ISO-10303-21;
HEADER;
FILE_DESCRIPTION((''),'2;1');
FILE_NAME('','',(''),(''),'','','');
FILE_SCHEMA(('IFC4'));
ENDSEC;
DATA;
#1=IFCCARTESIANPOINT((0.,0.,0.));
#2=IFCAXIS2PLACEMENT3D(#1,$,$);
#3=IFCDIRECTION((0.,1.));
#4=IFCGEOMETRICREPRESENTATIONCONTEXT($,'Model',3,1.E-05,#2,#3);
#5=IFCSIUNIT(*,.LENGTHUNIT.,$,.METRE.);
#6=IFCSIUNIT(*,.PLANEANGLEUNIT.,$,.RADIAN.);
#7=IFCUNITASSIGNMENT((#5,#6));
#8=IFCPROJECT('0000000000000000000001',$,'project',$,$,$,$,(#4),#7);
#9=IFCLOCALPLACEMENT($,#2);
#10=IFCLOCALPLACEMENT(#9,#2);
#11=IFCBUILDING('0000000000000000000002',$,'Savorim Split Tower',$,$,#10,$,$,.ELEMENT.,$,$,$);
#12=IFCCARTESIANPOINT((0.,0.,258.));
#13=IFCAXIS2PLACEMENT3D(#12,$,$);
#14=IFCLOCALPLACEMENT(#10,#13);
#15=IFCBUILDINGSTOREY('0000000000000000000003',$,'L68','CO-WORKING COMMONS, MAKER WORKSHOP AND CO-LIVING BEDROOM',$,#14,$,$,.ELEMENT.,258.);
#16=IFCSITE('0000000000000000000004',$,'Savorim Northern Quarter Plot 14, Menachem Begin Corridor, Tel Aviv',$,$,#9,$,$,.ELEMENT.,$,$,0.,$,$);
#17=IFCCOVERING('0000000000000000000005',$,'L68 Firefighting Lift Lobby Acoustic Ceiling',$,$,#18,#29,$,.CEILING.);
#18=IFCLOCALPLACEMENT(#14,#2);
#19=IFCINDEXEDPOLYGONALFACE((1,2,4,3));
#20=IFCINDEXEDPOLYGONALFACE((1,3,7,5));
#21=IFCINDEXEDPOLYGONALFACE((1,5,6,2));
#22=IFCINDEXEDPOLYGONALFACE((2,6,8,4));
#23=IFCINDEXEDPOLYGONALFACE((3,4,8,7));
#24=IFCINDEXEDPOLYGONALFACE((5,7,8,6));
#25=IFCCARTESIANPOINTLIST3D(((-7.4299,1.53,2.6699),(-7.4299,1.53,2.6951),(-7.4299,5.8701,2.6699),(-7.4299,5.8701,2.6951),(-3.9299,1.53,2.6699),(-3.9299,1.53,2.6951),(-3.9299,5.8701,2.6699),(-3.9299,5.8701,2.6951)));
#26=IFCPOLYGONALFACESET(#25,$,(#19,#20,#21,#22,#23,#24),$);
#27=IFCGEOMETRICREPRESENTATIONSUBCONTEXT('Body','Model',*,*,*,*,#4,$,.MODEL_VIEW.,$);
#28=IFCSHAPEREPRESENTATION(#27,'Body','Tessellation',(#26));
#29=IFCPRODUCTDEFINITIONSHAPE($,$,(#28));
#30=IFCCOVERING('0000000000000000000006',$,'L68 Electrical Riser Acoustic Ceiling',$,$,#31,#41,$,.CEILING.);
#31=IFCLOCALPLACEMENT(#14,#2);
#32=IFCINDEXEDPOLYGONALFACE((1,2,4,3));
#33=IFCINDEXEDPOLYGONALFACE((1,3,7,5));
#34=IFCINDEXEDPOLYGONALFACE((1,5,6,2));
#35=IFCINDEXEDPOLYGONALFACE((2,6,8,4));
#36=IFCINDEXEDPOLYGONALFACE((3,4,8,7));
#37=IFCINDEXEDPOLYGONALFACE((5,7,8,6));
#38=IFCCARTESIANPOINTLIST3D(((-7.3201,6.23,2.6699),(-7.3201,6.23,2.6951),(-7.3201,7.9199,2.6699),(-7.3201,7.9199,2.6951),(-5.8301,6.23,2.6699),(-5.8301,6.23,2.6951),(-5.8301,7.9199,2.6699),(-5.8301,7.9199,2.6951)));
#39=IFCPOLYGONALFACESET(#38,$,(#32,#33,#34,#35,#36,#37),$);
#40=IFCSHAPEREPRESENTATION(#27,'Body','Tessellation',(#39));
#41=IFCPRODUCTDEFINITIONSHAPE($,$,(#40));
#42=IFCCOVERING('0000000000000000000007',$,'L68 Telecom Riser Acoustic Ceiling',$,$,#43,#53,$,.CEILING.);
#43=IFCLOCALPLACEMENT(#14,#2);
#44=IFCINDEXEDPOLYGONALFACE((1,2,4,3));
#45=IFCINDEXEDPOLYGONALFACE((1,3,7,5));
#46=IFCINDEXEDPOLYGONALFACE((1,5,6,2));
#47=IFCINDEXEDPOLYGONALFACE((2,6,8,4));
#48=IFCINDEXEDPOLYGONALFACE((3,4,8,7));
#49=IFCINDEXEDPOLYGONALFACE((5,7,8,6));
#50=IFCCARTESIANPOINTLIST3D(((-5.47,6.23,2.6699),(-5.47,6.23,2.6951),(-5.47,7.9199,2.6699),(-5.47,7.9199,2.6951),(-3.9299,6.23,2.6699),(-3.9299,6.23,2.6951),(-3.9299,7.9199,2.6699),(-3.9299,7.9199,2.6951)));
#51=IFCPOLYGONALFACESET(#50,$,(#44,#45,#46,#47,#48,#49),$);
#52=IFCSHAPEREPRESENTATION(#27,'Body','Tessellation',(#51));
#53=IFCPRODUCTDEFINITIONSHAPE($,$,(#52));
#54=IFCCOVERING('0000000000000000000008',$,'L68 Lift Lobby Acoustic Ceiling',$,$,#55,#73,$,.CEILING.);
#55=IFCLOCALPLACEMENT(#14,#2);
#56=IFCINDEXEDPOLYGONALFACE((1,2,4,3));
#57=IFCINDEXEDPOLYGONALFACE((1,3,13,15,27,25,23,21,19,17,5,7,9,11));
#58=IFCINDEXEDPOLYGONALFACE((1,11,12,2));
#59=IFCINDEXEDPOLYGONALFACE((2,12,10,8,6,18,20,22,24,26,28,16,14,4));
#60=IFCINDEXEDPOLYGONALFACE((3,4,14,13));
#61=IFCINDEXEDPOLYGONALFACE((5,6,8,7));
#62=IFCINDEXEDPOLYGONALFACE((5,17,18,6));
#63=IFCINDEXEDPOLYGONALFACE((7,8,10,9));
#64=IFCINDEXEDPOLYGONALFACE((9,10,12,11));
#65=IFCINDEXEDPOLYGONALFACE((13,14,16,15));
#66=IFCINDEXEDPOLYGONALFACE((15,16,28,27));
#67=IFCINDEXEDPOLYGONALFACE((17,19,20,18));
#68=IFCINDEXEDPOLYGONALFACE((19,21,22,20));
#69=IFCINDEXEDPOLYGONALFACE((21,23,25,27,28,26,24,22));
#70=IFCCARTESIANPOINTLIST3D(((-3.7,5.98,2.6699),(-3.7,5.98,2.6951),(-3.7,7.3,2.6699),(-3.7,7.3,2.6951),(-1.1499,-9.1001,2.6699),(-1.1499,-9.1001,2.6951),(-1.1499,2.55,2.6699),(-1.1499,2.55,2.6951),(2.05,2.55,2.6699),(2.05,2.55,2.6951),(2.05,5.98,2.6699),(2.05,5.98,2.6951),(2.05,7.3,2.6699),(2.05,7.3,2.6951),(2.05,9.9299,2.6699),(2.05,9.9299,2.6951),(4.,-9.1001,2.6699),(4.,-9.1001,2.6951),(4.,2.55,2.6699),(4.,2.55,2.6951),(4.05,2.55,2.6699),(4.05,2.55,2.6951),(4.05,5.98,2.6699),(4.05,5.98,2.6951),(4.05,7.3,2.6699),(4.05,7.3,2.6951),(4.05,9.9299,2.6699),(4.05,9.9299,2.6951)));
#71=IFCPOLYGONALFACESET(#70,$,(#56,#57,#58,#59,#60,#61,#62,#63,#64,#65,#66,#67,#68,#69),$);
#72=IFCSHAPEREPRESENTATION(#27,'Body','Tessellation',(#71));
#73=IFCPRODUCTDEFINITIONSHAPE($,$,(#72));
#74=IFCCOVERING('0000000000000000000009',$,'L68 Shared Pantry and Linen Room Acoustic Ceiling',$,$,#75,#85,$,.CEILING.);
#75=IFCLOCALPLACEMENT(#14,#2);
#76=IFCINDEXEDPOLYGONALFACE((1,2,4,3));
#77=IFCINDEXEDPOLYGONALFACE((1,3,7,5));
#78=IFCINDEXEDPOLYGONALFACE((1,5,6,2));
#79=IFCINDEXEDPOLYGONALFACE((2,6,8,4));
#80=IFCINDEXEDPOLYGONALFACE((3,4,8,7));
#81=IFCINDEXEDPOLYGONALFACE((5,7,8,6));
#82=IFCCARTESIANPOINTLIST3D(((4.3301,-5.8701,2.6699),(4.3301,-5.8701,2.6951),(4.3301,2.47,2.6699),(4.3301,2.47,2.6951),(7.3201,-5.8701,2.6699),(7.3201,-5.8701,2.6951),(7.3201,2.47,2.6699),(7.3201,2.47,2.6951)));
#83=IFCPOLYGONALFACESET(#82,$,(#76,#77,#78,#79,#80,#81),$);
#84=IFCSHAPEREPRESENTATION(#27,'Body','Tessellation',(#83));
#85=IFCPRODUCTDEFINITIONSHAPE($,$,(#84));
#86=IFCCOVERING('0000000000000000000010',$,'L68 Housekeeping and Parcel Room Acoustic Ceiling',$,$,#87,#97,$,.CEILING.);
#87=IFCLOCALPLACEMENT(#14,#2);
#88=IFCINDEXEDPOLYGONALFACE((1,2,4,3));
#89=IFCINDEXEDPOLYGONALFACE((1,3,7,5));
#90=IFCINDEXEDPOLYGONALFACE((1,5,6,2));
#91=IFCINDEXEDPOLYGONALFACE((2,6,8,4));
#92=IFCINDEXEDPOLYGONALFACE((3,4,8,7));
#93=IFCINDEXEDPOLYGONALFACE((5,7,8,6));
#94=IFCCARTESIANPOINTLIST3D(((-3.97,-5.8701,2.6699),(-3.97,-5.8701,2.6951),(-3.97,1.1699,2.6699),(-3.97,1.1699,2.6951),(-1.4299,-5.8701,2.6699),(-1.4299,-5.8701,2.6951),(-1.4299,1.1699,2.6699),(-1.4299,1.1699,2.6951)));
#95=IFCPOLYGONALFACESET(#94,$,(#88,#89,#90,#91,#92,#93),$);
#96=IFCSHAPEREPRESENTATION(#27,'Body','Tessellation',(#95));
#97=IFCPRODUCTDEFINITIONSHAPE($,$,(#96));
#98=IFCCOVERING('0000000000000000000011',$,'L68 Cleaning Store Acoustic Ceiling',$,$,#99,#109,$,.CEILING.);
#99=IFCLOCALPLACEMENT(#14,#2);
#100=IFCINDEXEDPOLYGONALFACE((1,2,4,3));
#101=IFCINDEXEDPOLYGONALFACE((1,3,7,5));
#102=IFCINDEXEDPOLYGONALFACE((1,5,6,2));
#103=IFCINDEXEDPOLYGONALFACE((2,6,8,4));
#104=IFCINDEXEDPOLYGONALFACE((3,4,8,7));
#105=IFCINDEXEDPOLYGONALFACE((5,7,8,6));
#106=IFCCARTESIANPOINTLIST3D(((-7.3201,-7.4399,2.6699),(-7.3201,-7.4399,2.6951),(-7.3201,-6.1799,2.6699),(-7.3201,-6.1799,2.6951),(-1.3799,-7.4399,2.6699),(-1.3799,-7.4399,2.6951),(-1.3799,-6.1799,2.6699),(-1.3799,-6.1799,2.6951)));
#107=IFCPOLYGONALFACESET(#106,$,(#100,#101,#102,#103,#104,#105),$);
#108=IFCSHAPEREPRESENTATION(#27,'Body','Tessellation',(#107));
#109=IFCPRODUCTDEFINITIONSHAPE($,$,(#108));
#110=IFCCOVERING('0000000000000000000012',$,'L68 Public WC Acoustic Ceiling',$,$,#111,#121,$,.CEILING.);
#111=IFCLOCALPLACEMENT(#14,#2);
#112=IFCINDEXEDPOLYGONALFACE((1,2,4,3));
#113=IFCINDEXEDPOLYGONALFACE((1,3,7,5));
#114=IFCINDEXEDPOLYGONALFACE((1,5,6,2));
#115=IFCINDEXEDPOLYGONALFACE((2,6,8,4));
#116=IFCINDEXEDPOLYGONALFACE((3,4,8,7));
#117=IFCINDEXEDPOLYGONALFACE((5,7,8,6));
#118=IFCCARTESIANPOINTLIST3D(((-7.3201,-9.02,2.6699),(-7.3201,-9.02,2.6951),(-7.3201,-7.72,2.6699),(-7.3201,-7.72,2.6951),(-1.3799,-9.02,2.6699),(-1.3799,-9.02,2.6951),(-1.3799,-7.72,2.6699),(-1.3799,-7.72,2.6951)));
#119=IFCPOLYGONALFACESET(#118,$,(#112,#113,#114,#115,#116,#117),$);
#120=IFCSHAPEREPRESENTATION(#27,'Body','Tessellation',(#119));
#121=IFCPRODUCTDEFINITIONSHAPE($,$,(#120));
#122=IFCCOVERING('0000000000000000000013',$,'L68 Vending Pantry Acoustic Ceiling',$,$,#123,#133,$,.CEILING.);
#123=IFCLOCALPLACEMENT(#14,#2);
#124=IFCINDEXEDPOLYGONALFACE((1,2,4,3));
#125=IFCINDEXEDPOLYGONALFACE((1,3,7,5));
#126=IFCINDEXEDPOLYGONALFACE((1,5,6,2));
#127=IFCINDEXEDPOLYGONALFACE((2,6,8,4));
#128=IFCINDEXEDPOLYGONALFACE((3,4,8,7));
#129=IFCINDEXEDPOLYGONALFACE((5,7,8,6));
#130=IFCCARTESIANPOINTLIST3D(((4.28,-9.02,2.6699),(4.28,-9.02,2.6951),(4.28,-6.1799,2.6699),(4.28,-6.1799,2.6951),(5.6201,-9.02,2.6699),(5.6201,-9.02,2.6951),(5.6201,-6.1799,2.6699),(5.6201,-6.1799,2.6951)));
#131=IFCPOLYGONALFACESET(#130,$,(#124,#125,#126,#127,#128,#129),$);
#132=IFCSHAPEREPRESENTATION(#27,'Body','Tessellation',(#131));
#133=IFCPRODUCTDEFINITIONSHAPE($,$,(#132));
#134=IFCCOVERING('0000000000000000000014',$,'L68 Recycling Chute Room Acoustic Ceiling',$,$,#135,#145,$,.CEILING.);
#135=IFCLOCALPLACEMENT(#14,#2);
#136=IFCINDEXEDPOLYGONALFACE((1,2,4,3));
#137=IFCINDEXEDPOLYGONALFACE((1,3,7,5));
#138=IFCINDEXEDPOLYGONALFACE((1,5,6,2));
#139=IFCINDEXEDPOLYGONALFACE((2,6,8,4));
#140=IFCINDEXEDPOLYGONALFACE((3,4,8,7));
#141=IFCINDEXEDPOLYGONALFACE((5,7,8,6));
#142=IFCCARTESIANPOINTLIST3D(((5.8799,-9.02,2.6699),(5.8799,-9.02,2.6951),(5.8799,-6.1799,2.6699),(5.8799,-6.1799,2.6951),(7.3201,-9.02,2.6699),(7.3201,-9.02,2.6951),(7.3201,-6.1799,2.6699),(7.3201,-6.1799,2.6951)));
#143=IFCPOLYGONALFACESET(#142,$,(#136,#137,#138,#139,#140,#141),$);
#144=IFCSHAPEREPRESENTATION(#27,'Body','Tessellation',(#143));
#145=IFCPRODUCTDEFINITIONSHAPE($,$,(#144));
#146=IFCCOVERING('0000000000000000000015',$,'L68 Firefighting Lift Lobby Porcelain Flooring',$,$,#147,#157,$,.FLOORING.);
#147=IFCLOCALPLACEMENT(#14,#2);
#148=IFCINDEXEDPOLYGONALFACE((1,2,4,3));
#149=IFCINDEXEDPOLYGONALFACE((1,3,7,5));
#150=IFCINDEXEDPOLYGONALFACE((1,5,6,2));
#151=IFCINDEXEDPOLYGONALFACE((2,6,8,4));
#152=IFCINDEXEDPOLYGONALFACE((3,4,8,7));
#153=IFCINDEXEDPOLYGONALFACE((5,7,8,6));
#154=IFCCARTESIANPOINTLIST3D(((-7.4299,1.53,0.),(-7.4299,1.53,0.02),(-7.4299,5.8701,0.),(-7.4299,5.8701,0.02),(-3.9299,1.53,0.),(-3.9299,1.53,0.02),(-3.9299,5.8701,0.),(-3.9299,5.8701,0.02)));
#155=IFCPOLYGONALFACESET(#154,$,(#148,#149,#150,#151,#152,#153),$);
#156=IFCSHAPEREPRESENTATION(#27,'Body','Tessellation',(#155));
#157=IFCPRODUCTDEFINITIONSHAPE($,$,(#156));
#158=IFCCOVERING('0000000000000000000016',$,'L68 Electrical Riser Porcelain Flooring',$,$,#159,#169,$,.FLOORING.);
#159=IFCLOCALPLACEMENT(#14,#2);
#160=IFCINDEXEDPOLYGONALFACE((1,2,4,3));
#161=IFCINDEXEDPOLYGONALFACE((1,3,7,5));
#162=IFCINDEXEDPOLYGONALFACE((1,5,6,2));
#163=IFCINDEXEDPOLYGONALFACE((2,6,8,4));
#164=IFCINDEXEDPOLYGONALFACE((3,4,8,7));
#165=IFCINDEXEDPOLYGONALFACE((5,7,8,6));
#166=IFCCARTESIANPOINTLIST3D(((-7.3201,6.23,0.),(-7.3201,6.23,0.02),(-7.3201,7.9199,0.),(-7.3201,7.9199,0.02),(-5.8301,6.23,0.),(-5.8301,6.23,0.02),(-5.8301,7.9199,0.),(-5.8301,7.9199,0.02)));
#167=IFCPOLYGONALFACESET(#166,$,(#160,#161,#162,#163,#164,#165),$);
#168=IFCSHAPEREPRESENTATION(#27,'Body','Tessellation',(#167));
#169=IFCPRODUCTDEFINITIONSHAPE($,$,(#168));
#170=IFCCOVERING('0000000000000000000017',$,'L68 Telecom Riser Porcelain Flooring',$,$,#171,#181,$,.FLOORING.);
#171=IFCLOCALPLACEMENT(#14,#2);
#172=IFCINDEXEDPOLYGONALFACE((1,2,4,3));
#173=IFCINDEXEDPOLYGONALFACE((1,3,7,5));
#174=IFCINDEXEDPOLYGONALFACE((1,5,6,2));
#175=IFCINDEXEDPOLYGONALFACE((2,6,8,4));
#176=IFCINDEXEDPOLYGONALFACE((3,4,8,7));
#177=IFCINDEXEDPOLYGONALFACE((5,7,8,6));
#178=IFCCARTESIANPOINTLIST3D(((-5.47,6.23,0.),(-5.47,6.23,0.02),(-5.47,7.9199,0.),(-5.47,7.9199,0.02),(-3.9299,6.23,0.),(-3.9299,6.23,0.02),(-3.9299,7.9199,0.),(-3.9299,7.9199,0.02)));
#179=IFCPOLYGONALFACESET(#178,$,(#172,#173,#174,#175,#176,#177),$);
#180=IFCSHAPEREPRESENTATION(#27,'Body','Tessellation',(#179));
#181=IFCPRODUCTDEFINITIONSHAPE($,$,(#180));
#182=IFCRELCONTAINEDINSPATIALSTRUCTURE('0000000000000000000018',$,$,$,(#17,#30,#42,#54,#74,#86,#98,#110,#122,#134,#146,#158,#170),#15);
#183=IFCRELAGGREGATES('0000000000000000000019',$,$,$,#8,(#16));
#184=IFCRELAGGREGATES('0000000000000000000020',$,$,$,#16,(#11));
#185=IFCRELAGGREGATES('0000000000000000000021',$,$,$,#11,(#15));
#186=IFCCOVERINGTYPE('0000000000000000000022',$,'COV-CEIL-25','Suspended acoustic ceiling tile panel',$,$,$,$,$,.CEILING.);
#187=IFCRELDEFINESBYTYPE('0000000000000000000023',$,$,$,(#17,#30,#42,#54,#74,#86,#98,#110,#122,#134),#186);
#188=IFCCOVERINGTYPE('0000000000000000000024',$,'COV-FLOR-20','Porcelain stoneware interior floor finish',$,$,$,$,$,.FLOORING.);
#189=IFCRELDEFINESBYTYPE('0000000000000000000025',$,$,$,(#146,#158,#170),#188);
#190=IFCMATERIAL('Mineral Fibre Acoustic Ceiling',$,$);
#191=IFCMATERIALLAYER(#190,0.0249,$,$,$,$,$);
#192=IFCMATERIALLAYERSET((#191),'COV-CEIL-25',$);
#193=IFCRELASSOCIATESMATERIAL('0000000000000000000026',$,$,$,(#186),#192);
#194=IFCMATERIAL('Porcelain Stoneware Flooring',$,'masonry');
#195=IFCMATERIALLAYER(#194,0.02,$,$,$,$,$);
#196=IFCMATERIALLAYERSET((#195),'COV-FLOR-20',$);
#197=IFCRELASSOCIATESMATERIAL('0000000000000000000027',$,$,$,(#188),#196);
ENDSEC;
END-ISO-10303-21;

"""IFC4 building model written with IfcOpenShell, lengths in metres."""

from ifc_helpers import new_model, si_unit, direction, frame, origin, place, context, subcontext, project, spatial, polyline, outline, extrude, material, layer, layer_set, type_object, element, save


model = new_model("IFC4")

# Units and contexts
model_context = context("Model", 3, precision=1e-05, world=origin(), true_north=direction((0.0, 1.0)))
body_context = subcontext(model_context, "Body", "Model", "MODEL_VIEW")
ifc_project = project(units=[si_unit("LENGTHUNIT", "METRE"), si_unit("PLANEANGLEUNIT", "RADIAN")], contexts=[model_context])

# Site, building, storey
site_placement = place(None, origin())
site = spatial("IfcSite", under=ifc_project, at=site_placement, Name="Savorim Northern Quarter Plot 14, Menachem Begin Corridor, Tel Aviv", CompositionType="ELEMENT", RefElevation=0.0)
building_placement = place(site_placement, origin())
building = spatial("IfcBuilding", under=site, at=building_placement, Name="Savorim Split Tower", CompositionType="ELEMENT")
storey_placement = place(building_placement, frame((0.0, 0.0, 258.0)))
storey = spatial("IfcBuildingStorey", under=building, at=storey_placement, Name="L68", Description="CO-WORKING COMMONS, MAKER WORKSHOP AND CO-LIVING BEDROOM", CompositionType="ELEMENT", Elevation=258.0)

# Coverings
ifc_material_1 = material(Name="Mineral Fibre Acoustic Ceiling")
ifc_layer_1 = layer(ifc_material_1, 0.0249)
ifc_layer_set_1 = layer_set([ifc_layer_1], Name="COV-CEIL-25")
covering_type_1 = type_object("IfcCoveringType", Name="COV-CEIL-25", Description="Suspended acoustic ceiling tile panel", PredefinedType="CEILING", material=ifc_layer_set_1)
covering_1_placement = place(storey_placement, frame((0.0, 0.0, 2.6699)))
element("IfcCovering", 1, at=covering_1_placement, inside=storey, type_object=covering_type_1, Name="L68 Firefighting Lift Lobby Acoustic Ceiling", PredefinedType="CEILING", context=body_context, shape_type="SweptSolid", body=[
    extrude(outline(polyline([(-7.4299, 5.8701), (-7.4299, 1.53), (-3.9299, 1.53), (-3.9299, 5.8701), (-7.4299, 5.8701)])), origin(), (0.0, 0.0, 1.0), 0.0251),
])
covering_2_placement = place(storey_placement, frame((0.0, 0.0, 2.6699)))
element("IfcCovering", 2, at=covering_2_placement, inside=storey, type_object=covering_type_1, Name="L68 Electrical Riser Acoustic Ceiling", PredefinedType="CEILING", context=body_context, shape_type="SweptSolid", body=[
    extrude(outline(polyline([(-7.3201, 7.9199), (-7.3201, 6.23), (-5.8301, 6.23), (-5.8301, 7.9199), (-7.3201, 7.9199)])), origin(), (0.0, 0.0, 1.0), 0.0251),
])
covering_3_placement = place(storey_placement, frame((0.0, 0.0, 2.6699)))
element("IfcCovering", 3, at=covering_3_placement, inside=storey, type_object=covering_type_1, Name="L68 Telecom Riser Acoustic Ceiling", PredefinedType="CEILING", context=body_context, shape_type="SweptSolid", body=[
    extrude(outline(polyline([(-5.47, 7.9199), (-5.47, 6.23), (-3.9299, 6.23), (-3.9299, 7.9199), (-5.47, 7.9199)])), origin(), (0.0, 0.0, 1.0), 0.0251),
])
covering_4_placement = place(storey_placement, frame((0.0, 0.0, 2.6699)))
element("IfcCovering", 4, at=covering_4_placement, inside=storey, type_object=covering_type_1, Name="L68 Lift Lobby Acoustic Ceiling", PredefinedType="CEILING", context=body_context, shape_type="SweptSolid", body=[
    extrude(outline(polyline([(2.05, 2.55), (-1.1499, 2.55), (-1.1499, -9.1001), (4.0, -9.1001), (4.0, 2.55), (4.05, 2.55), (4.05, 5.98), (4.05, 7.3), (4.05, 9.9299), (2.05, 9.9299), (2.05, 7.3), (-3.7, 7.3), (-3.7, 5.98), (2.05, 5.98), (2.05, 2.55)])), origin(), (0.0, 0.0, 1.0), 0.0251),
])
covering_5_placement = place(storey_placement, frame((0.0, 0.0, 2.6699)))
element("IfcCovering", 5, at=covering_5_placement, inside=storey, type_object=covering_type_1, Name="L68 Shared Pantry and Linen Room Acoustic Ceiling", PredefinedType="CEILING", context=body_context, shape_type="SweptSolid", body=[
    extrude(outline(polyline([(4.3301, 2.47), (4.3301, -5.8701), (7.3201, -5.8701), (7.3201, 2.47), (4.3301, 2.47)])), origin(), (0.0, 0.0, 1.0), 0.0251),
])
covering_6_placement = place(storey_placement, frame((0.0, 0.0, 2.6699)))
element("IfcCovering", 6, at=covering_6_placement, inside=storey, type_object=covering_type_1, Name="L68 Housekeeping and Parcel Room Acoustic Ceiling", PredefinedType="CEILING", context=body_context, shape_type="SweptSolid", body=[
    extrude(outline(polyline([(-3.97, 1.1699), (-3.97, -5.8701), (-1.4299, -5.8701), (-1.4299, 1.1699), (-3.97, 1.1699)])), origin(), (0.0, 0.0, 1.0), 0.0251),
])
covering_7_placement = place(storey_placement, frame((0.0, 0.0, 2.6699)))
element("IfcCovering", 7, at=covering_7_placement, inside=storey, type_object=covering_type_1, Name="L68 Cleaning Store Acoustic Ceiling", PredefinedType="CEILING", context=body_context, shape_type="SweptSolid", body=[
    extrude(outline(polyline([(-7.3201, -6.1799), (-7.3201, -7.4399), (-1.3799, -7.4399), (-1.3799, -6.1799), (-7.3201, -6.1799)])), origin(), (0.0, 0.0, 1.0), 0.0251),
])
covering_8_placement = place(storey_placement, frame((0.0, 0.0, 2.6699)))
element("IfcCovering", 8, at=covering_8_placement, inside=storey, type_object=covering_type_1, Name="L68 Public WC Acoustic Ceiling", PredefinedType="CEILING", context=body_context, shape_type="SweptSolid", body=[
    extrude(outline(polyline([(-7.3201, -7.72), (-7.3201, -9.02), (-1.3799, -9.02), (-1.3799, -7.72), (-7.3201, -7.72)])), origin(), (0.0, 0.0, 1.0), 0.0251),
])
covering_9_placement = place(storey_placement, frame((0.0, 0.0, 2.6699)))
element("IfcCovering", 9, at=covering_9_placement, inside=storey, type_object=covering_type_1, Name="L68 Vending Pantry Acoustic Ceiling", PredefinedType="CEILING", context=body_context, shape_type="SweptSolid", body=[
    extrude(outline(polyline([(4.28, -6.1799), (4.28, -9.02), (5.6201, -9.02), (5.6201, -6.1799), (4.28, -6.1799)])), origin(), (0.0, 0.0, 1.0), 0.0251),
])
covering_10_placement = place(storey_placement, frame((0.0, 0.0, 2.6699)))
element("IfcCovering", 10, at=covering_10_placement, inside=storey, type_object=covering_type_1, Name="L68 Recycling Chute Room Acoustic Ceiling", PredefinedType="CEILING", context=body_context, shape_type="SweptSolid", body=[
    extrude(outline(polyline([(5.8799, -6.1799), (5.8799, -9.02), (7.3201, -9.02), (7.3201, -6.1799), (5.8799, -6.1799)])), origin(), (0.0, 0.0, 1.0), 0.0251),
])
ifc_material_2 = material(Name="Porcelain Stoneware Flooring", Category="masonry")
ifc_layer_2 = layer(ifc_material_2, 0.02)
ifc_layer_set_2 = layer_set([ifc_layer_2], Name="COV-FLOR-20")
covering_type_2 = type_object("IfcCoveringType", Name="COV-FLOR-20", Description="Porcelain stoneware interior floor finish", PredefinedType="FLOORING", material=ifc_layer_set_2)
covering_11_placement = place(storey_placement, origin())
element("IfcCovering", 11, at=covering_11_placement, inside=storey, type_object=covering_type_2, Name="L68 Firefighting Lift Lobby Porcelain Flooring", PredefinedType="FLOORING", context=body_context, shape_type="SweptSolid", body=[
    extrude(outline(polyline([(-7.4299, 5.8701), (-7.4299, 1.53), (-3.9299, 1.53), (-3.9299, 5.8701), (-7.4299, 5.8701)])), origin(), (0.0, 0.0, 1.0), 0.02),
])
covering_12_placement = place(storey_placement, origin())
element("IfcCovering", 12, at=covering_12_placement, inside=storey, type_object=covering_type_2, Name="L68 Electrical Riser Porcelain Flooring", PredefinedType="FLOORING", context=body_context, shape_type="SweptSolid", body=[
    extrude(outline(polyline([(-7.3201, 7.9199), (-7.3201, 6.23), (-5.8301, 6.23), (-5.8301, 7.9199), (-7.3201, 7.9199)])), origin(), (0.0, 0.0, 1.0), 0.02),
])
covering_13_placement = place(storey_placement, origin())
element("IfcCovering", 13, at=covering_13_placement, inside=storey, type_object=covering_type_2, Name="L68 Telecom Riser Porcelain Flooring", PredefinedType="FLOORING", context=body_context, shape_type="SweptSolid", body=[
    extrude(outline(polyline([(-5.47, 7.9199), (-5.47, 6.23), (-3.9299, 6.23), (-3.9299, 7.9199), (-5.47, 7.9199)])), origin(), (0.0, 0.0, 1.0), 0.02),
])

save(model, "model.ifc")
